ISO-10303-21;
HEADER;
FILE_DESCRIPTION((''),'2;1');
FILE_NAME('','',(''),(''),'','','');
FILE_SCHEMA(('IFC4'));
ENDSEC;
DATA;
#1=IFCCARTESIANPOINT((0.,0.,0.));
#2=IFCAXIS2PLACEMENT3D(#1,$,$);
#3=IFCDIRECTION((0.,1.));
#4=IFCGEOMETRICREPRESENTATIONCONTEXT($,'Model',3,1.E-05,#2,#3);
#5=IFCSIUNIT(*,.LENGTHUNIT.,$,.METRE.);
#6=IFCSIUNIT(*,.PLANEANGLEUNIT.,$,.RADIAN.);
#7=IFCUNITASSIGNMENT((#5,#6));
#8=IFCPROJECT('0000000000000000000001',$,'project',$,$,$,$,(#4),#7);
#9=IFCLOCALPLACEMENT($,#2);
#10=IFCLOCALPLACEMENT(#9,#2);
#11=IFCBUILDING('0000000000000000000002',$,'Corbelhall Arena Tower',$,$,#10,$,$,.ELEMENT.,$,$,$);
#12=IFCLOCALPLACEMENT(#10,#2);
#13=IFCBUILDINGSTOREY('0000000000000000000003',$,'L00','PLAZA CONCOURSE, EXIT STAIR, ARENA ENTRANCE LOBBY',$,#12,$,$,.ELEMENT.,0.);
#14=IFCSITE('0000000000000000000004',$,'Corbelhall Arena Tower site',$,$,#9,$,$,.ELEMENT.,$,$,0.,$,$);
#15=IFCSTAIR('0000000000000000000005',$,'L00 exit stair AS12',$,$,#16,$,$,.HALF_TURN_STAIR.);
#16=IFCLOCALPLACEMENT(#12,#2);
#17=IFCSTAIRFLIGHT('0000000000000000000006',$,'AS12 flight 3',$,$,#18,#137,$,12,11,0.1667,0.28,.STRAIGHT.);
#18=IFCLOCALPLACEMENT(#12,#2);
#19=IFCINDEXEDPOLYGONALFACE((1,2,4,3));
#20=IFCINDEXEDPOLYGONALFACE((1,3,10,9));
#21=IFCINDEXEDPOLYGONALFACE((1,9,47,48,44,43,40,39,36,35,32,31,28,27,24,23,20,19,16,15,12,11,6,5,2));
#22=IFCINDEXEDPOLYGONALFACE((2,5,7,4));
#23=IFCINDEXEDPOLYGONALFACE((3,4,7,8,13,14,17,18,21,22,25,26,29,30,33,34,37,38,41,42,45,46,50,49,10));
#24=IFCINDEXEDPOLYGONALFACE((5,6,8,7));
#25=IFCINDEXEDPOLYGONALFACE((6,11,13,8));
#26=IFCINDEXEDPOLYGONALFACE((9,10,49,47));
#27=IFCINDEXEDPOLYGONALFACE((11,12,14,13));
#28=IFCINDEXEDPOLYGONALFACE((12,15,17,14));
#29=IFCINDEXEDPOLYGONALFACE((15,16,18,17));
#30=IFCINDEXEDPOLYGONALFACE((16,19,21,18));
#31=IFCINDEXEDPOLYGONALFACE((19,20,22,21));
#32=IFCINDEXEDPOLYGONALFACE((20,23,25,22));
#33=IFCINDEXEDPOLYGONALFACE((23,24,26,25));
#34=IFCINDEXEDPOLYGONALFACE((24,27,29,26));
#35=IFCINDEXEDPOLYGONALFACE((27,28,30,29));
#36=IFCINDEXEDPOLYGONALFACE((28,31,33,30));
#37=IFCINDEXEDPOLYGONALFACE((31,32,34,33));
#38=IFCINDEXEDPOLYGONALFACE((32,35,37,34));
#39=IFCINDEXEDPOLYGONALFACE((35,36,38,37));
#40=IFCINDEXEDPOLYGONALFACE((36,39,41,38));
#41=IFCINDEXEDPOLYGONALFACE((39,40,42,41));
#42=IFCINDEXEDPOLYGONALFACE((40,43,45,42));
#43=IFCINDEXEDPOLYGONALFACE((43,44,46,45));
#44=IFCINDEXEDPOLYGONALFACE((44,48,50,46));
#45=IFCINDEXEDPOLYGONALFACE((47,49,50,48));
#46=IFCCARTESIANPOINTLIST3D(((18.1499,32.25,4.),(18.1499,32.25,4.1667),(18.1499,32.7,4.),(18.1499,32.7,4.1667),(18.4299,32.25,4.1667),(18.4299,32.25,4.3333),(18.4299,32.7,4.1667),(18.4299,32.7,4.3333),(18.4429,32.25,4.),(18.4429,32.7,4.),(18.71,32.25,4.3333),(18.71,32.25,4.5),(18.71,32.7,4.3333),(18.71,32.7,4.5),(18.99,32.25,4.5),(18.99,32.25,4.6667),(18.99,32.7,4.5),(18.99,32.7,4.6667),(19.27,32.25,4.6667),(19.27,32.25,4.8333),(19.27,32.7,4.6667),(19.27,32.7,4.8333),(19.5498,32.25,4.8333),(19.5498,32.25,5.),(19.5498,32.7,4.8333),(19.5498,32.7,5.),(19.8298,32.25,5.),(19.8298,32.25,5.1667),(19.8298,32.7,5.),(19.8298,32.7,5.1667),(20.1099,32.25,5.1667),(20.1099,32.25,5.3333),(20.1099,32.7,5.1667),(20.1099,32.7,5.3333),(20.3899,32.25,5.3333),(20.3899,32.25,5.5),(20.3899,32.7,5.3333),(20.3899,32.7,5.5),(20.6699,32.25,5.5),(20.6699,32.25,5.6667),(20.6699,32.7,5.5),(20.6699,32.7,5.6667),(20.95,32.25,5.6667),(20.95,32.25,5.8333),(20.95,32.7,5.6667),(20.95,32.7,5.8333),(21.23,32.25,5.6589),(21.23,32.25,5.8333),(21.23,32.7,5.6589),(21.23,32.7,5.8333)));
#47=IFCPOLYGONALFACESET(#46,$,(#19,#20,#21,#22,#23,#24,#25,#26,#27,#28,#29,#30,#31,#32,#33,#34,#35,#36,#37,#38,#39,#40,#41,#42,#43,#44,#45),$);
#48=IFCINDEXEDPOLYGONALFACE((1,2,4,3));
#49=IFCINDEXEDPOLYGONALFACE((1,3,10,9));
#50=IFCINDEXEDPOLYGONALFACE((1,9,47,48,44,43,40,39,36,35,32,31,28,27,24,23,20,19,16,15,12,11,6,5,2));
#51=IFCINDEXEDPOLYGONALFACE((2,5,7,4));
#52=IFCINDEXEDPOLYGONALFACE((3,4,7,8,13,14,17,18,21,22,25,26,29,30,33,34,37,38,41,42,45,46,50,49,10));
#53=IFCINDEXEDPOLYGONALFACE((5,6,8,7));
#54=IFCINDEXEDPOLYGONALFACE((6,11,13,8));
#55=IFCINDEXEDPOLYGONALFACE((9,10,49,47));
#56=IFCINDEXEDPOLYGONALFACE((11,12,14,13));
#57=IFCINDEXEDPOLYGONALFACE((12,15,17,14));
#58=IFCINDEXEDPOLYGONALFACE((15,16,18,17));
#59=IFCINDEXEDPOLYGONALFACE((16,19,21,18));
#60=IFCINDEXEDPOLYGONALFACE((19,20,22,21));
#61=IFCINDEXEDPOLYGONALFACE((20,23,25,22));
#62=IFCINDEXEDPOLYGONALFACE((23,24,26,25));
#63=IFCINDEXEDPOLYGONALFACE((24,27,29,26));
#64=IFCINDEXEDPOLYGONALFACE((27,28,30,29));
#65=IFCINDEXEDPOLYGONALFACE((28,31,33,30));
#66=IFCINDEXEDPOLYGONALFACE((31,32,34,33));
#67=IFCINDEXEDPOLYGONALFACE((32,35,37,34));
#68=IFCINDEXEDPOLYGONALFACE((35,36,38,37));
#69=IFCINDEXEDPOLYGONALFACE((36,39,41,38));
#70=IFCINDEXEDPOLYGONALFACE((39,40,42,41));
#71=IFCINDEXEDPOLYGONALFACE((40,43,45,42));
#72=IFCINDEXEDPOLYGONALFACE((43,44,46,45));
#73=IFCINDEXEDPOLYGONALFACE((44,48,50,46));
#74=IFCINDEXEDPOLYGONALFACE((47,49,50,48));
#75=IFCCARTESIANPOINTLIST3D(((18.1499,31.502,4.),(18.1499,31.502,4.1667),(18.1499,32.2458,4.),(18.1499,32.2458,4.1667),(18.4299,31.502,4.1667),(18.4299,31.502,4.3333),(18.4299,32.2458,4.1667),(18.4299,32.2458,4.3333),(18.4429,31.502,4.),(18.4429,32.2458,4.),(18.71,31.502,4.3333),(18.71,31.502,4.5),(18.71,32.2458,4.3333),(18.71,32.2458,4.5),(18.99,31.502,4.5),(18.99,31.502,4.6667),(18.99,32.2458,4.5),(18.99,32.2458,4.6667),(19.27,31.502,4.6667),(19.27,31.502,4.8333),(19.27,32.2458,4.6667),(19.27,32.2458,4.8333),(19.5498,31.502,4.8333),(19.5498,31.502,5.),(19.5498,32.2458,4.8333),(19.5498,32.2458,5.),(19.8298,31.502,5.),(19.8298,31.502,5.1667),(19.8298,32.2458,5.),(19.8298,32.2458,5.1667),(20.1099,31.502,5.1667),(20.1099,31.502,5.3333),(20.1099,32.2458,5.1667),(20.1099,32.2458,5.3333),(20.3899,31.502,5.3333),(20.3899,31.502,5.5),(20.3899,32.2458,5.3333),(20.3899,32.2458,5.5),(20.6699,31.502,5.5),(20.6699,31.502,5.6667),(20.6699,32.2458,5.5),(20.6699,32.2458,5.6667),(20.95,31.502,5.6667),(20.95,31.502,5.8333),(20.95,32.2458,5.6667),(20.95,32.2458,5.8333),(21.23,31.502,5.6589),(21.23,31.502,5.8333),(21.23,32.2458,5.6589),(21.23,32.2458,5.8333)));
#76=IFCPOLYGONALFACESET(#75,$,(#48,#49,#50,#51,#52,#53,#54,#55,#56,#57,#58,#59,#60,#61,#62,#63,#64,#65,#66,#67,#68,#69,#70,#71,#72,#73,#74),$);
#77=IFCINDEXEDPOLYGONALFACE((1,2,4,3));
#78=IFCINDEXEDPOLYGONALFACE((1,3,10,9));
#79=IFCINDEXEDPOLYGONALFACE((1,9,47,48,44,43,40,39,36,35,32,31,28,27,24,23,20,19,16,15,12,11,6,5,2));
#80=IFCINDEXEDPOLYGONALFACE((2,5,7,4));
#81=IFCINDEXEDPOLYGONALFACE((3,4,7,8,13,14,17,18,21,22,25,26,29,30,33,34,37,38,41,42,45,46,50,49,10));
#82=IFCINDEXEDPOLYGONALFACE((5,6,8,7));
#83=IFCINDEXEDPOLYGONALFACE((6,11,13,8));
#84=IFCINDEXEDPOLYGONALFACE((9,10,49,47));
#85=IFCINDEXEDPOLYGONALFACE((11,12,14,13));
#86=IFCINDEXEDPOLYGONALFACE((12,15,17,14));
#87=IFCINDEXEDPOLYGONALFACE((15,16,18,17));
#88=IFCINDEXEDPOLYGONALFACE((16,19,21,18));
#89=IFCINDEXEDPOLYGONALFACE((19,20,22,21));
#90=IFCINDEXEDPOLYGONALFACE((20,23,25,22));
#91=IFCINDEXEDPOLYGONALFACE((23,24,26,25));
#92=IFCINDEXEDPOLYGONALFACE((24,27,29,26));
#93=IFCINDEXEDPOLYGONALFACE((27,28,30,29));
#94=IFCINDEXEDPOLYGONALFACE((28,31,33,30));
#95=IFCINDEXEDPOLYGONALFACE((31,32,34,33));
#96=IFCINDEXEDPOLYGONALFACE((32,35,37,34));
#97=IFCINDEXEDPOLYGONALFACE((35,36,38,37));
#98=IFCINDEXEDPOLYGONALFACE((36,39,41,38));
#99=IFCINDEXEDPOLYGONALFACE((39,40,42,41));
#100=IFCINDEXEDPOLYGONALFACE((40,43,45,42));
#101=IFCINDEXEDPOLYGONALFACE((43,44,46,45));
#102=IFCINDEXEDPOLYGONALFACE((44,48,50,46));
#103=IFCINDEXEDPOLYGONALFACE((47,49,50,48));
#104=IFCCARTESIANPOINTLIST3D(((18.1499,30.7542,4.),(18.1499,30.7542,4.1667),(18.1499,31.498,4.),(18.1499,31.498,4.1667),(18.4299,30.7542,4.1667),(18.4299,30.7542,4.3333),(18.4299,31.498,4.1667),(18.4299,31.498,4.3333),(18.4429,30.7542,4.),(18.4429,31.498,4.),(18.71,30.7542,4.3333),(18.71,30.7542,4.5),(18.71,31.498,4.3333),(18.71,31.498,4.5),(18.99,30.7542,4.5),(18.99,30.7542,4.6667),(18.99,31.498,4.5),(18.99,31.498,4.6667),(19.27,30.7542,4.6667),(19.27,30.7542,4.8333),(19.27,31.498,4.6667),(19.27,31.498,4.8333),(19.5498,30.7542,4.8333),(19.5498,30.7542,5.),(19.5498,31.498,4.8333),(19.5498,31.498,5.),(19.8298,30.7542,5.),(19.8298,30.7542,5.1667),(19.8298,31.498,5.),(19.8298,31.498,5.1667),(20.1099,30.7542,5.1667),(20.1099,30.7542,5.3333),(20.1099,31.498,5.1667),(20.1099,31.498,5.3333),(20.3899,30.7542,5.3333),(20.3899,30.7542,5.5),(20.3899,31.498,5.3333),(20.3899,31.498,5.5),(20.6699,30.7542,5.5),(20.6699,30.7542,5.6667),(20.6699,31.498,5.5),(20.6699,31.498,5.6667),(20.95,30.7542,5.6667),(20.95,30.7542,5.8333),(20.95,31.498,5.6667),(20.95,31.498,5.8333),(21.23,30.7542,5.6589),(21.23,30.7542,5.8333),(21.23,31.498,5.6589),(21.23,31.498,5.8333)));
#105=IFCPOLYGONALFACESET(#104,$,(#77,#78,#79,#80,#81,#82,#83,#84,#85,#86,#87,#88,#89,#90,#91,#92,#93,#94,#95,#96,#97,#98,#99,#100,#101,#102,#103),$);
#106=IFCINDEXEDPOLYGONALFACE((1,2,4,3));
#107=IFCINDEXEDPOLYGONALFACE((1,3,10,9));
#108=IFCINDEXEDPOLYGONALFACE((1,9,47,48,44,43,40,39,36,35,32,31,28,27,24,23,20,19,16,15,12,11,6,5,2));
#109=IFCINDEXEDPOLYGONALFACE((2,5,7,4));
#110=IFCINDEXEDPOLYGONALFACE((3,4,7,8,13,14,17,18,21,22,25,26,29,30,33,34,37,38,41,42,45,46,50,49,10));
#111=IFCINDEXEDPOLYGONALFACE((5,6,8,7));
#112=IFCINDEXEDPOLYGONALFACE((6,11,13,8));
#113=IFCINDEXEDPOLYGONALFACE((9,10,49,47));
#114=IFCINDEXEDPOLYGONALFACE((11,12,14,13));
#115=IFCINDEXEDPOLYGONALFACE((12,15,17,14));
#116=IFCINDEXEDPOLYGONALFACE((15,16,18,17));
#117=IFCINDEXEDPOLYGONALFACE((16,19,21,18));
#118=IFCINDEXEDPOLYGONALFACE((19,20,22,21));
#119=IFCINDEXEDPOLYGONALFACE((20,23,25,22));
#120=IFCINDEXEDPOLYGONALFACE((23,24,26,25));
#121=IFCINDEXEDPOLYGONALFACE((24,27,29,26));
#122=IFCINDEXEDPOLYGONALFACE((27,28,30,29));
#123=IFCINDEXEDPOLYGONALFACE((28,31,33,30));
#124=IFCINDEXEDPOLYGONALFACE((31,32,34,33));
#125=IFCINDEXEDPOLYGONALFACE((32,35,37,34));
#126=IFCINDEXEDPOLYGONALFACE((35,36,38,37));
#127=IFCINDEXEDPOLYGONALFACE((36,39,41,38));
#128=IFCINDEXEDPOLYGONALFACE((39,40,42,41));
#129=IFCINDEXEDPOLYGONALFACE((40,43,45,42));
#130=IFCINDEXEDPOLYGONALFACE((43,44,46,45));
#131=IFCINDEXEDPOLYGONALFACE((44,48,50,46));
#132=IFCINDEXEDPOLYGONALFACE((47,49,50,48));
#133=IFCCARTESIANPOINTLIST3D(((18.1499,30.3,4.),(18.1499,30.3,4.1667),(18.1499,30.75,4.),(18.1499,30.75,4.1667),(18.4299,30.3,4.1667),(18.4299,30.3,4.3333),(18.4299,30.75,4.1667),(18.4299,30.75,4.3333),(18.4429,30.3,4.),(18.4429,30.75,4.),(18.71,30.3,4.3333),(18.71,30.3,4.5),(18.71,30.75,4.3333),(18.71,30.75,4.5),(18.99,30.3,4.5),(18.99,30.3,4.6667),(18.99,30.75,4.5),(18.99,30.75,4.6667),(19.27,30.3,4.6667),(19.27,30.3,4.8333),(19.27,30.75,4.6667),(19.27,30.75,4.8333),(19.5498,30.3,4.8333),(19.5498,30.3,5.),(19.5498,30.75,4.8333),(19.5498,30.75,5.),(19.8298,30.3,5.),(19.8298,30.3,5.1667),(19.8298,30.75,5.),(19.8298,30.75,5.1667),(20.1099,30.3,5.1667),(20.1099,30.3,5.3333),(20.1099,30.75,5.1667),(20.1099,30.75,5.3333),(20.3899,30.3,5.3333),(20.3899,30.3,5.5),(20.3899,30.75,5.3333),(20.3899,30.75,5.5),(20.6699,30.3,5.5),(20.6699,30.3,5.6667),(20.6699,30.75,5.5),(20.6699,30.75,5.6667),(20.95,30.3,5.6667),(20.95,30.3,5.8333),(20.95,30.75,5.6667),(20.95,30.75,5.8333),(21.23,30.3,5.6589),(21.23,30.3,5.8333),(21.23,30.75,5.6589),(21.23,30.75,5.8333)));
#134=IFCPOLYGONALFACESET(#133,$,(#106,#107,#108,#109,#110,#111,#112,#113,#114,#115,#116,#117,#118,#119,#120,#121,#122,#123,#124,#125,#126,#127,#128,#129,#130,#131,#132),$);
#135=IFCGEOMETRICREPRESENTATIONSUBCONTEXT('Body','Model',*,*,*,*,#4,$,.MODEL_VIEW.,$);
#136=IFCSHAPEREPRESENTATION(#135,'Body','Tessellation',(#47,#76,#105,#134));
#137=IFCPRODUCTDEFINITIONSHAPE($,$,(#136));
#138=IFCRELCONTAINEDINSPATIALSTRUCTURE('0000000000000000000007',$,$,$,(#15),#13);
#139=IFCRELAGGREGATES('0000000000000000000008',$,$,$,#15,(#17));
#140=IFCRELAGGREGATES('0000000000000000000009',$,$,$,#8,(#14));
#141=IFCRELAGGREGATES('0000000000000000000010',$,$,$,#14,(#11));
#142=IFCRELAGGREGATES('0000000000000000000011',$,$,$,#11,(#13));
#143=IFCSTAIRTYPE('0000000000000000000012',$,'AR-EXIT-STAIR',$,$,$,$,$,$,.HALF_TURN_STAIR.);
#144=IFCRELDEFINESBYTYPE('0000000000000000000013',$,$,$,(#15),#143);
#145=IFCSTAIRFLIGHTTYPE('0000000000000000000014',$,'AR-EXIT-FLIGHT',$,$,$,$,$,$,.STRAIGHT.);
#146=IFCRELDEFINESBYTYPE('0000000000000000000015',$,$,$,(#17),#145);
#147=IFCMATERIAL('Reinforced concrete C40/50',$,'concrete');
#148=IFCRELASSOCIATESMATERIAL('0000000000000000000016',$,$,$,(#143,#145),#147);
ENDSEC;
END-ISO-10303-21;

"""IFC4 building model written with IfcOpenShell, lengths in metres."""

from ifc_helpers import new_model, si_unit, direction, frame, origin, place, context, subcontext, project, spatial, polyline, outline, extrude, material, type_object, element, aggregate, save


model = new_model("IFC4")

# Units and contexts
model_context = context("Model", 3, precision=1e-05, world=origin(), true_north=direction((0.0, 1.0)))
body_context = subcontext(model_context, "Body", "Model", "MODEL_VIEW")
ifc_project = project(units=[si_unit("LENGTHUNIT", "METRE"), si_unit("PLANEANGLEUNIT", "RADIAN")], contexts=[model_context])

# Site, building, storey
site_placement = place(None, origin())
site = spatial("IfcSite", under=ifc_project, at=site_placement, Name="Corbelhall Arena Tower site", CompositionType="ELEMENT", RefElevation=0.0)
building_placement = place(site_placement, origin())
building = spatial("IfcBuilding", under=site, at=building_placement, Name="Corbelhall Arena Tower", CompositionType="ELEMENT")
storey_placement = place(building_placement, origin())
storey = spatial("IfcBuildingStorey", under=building, at=storey_placement, Name="L00", Description="PLAZA CONCOURSE, EXIT STAIR, ARENA ENTRANCE LOBBY", CompositionType="ELEMENT", Elevation=0.0)

# Shared definitions
ifc_material_1 = material(Name="Reinforced concrete C40/50", Category="concrete")

# Stair, stair flight
stair_type = type_object("IfcStairType", Name="AR-EXIT-STAIR", PredefinedType="HALF_TURN_STAIR", material=ifc_material_1)
stair_flight_type = type_object("IfcStairFlightType", Name="AR-EXIT-FLIGHT", PredefinedType="STRAIGHT", material=ifc_material_1)
stair_1_placement = place(storey_placement, origin())
stair_1 = element("IfcStair", 1, at=stair_1_placement, inside=storey, type_object=stair_type, Name="L00 exit stair AS12", PredefinedType="HALF_TURN_STAIR")
stair_flight_1_placement = place(storey_placement, frame((18.1499, 31.5, 4.0), z_axis=(0.0, 0.0, 1.0), x_axis=(1.0, 0.0, 0.0)))
stair_flight_1 = element("IfcStairFlight", 2, at=stair_flight_1_placement, type_object=stair_flight_type, Name="AS12 flight 3", NumberOfRisers=12, NumberOfTreads=11, PredefinedType="STRAIGHT", RiserHeight=0.1667, TreadLength=0.28, context=body_context, shape_type="SweptSolid", body=[
    extrude(outline(polyline([(0.0, 0.0), (0.0, 0.1667), (0.28, 0.1667), (0.28, 0.3333), (0.5601, 0.3333), (0.5601, 0.5), (0.8401, 0.5), (0.8401, 0.6667), (1.1201, 0.6667), (1.1201, 0.8333), (1.3999, 0.8333), (1.3999, 1.0), (1.6799, 1.0), (1.6799, 1.1667), (1.96, 1.1667), (1.96, 1.3333), (2.24, 1.3333), (2.24, 1.5), (2.52, 1.5), (2.52, 1.6667), (2.8, 1.6667), (2.8, 1.8333), (3.0801, 1.8333), (3.0801, 2.0), (3.0801, 1.6589), (0.293, 0.0), (0.0, 0.0)])), frame((0.0, 1.2, 0.0), z_axis=(0.0, -1.0, 0.0), x_axis=(1.0, 0.0, 0.0)), (0.0, 0.0, 1.0), 0.45),
    extrude(outline(polyline([(0.0, 0.0), (0.0, 0.1667), (0.28, 0.1667), (0.28, 0.3333), (0.5601, 0.3333), (0.5601, 0.5), (0.8401, 0.5), (0.8401, 0.6667), (1.1201, 0.6667), (1.1201, 0.8333), (1.3999, 0.8333), (1.3999, 1.0), (1.6799, 1.0), (1.6799, 1.1667), (1.96, 1.1667), (1.96, 1.3333), (2.24, 1.3333), (2.24, 1.5), (2.52, 1.5), (2.52, 1.6667), (2.8, 1.6667), (2.8, 1.8333), (3.0801, 1.8333), (3.0801, 2.0), (3.0801, 1.6589), (0.293, 0.0), (0.0, 0.0)])), frame((0.0, 0.7458, 0.0), z_axis=(0.0, -1.0, 0.0), x_axis=(1.0, 0.0, 0.0)), (0.0, 0.0, 1.0), 0.7439),
    extrude(outline(polyline([(0.0, 0.0), (0.0, 0.1667), (0.28, 0.1667), (0.28, 0.3333), (0.5601, 0.3333), (0.5601, 0.5), (0.8401, 0.5), (0.8401, 0.6667), (1.1201, 0.6667), (1.1201, 0.8333), (1.3999, 0.8333), (1.3999, 1.0), (1.6799, 1.0), (1.6799, 1.1667), (1.96, 1.1667), (1.96, 1.3333), (2.24, 1.3333), (2.24, 1.5), (2.52, 1.5), (2.52, 1.6667), (2.8, 1.6667), (2.8, 1.8333), (3.0801, 1.8333), (3.0801, 2.0), (3.0801, 1.6589), (0.293, 0.0), (0.0, 0.0)])), frame((0.0, -0.002, 0.0), z_axis=(0.0, -1.0, 0.0), x_axis=(1.0, 0.0, 0.0)), (0.0, 0.0, 1.0), 0.7439),
    extrude(outline(polyline([(0.0, 0.0), (0.0, 0.1667), (0.28, 0.1667), (0.28, 0.3333), (0.5601, 0.3333), (0.5601, 0.5), (0.8401, 0.5), (0.8401, 0.6667), (1.1201, 0.6667), (1.1201, 0.8333), (1.3999, 0.8333), (1.3999, 1.0), (1.6799, 1.0), (1.6799, 1.1667), (1.96, 1.1667), (1.96, 1.3333), (2.24, 1.3333), (2.24, 1.5), (2.52, 1.5), (2.52, 1.6667), (2.8, 1.6667), (2.8, 1.8333), (3.0801, 1.8333), (3.0801, 2.0), (3.0801, 1.6589), (0.293, 0.0), (0.0, 0.0)])), frame((0.0, -0.75, 0.0), z_axis=(0.0, -1.0, 0.0), x_axis=(1.0, 0.0, 0.0)), (0.0, 0.0, 1.0), 0.45),
])
aggregate(stair_1, [stair_flight_1])

save(model, "model.ifc")
